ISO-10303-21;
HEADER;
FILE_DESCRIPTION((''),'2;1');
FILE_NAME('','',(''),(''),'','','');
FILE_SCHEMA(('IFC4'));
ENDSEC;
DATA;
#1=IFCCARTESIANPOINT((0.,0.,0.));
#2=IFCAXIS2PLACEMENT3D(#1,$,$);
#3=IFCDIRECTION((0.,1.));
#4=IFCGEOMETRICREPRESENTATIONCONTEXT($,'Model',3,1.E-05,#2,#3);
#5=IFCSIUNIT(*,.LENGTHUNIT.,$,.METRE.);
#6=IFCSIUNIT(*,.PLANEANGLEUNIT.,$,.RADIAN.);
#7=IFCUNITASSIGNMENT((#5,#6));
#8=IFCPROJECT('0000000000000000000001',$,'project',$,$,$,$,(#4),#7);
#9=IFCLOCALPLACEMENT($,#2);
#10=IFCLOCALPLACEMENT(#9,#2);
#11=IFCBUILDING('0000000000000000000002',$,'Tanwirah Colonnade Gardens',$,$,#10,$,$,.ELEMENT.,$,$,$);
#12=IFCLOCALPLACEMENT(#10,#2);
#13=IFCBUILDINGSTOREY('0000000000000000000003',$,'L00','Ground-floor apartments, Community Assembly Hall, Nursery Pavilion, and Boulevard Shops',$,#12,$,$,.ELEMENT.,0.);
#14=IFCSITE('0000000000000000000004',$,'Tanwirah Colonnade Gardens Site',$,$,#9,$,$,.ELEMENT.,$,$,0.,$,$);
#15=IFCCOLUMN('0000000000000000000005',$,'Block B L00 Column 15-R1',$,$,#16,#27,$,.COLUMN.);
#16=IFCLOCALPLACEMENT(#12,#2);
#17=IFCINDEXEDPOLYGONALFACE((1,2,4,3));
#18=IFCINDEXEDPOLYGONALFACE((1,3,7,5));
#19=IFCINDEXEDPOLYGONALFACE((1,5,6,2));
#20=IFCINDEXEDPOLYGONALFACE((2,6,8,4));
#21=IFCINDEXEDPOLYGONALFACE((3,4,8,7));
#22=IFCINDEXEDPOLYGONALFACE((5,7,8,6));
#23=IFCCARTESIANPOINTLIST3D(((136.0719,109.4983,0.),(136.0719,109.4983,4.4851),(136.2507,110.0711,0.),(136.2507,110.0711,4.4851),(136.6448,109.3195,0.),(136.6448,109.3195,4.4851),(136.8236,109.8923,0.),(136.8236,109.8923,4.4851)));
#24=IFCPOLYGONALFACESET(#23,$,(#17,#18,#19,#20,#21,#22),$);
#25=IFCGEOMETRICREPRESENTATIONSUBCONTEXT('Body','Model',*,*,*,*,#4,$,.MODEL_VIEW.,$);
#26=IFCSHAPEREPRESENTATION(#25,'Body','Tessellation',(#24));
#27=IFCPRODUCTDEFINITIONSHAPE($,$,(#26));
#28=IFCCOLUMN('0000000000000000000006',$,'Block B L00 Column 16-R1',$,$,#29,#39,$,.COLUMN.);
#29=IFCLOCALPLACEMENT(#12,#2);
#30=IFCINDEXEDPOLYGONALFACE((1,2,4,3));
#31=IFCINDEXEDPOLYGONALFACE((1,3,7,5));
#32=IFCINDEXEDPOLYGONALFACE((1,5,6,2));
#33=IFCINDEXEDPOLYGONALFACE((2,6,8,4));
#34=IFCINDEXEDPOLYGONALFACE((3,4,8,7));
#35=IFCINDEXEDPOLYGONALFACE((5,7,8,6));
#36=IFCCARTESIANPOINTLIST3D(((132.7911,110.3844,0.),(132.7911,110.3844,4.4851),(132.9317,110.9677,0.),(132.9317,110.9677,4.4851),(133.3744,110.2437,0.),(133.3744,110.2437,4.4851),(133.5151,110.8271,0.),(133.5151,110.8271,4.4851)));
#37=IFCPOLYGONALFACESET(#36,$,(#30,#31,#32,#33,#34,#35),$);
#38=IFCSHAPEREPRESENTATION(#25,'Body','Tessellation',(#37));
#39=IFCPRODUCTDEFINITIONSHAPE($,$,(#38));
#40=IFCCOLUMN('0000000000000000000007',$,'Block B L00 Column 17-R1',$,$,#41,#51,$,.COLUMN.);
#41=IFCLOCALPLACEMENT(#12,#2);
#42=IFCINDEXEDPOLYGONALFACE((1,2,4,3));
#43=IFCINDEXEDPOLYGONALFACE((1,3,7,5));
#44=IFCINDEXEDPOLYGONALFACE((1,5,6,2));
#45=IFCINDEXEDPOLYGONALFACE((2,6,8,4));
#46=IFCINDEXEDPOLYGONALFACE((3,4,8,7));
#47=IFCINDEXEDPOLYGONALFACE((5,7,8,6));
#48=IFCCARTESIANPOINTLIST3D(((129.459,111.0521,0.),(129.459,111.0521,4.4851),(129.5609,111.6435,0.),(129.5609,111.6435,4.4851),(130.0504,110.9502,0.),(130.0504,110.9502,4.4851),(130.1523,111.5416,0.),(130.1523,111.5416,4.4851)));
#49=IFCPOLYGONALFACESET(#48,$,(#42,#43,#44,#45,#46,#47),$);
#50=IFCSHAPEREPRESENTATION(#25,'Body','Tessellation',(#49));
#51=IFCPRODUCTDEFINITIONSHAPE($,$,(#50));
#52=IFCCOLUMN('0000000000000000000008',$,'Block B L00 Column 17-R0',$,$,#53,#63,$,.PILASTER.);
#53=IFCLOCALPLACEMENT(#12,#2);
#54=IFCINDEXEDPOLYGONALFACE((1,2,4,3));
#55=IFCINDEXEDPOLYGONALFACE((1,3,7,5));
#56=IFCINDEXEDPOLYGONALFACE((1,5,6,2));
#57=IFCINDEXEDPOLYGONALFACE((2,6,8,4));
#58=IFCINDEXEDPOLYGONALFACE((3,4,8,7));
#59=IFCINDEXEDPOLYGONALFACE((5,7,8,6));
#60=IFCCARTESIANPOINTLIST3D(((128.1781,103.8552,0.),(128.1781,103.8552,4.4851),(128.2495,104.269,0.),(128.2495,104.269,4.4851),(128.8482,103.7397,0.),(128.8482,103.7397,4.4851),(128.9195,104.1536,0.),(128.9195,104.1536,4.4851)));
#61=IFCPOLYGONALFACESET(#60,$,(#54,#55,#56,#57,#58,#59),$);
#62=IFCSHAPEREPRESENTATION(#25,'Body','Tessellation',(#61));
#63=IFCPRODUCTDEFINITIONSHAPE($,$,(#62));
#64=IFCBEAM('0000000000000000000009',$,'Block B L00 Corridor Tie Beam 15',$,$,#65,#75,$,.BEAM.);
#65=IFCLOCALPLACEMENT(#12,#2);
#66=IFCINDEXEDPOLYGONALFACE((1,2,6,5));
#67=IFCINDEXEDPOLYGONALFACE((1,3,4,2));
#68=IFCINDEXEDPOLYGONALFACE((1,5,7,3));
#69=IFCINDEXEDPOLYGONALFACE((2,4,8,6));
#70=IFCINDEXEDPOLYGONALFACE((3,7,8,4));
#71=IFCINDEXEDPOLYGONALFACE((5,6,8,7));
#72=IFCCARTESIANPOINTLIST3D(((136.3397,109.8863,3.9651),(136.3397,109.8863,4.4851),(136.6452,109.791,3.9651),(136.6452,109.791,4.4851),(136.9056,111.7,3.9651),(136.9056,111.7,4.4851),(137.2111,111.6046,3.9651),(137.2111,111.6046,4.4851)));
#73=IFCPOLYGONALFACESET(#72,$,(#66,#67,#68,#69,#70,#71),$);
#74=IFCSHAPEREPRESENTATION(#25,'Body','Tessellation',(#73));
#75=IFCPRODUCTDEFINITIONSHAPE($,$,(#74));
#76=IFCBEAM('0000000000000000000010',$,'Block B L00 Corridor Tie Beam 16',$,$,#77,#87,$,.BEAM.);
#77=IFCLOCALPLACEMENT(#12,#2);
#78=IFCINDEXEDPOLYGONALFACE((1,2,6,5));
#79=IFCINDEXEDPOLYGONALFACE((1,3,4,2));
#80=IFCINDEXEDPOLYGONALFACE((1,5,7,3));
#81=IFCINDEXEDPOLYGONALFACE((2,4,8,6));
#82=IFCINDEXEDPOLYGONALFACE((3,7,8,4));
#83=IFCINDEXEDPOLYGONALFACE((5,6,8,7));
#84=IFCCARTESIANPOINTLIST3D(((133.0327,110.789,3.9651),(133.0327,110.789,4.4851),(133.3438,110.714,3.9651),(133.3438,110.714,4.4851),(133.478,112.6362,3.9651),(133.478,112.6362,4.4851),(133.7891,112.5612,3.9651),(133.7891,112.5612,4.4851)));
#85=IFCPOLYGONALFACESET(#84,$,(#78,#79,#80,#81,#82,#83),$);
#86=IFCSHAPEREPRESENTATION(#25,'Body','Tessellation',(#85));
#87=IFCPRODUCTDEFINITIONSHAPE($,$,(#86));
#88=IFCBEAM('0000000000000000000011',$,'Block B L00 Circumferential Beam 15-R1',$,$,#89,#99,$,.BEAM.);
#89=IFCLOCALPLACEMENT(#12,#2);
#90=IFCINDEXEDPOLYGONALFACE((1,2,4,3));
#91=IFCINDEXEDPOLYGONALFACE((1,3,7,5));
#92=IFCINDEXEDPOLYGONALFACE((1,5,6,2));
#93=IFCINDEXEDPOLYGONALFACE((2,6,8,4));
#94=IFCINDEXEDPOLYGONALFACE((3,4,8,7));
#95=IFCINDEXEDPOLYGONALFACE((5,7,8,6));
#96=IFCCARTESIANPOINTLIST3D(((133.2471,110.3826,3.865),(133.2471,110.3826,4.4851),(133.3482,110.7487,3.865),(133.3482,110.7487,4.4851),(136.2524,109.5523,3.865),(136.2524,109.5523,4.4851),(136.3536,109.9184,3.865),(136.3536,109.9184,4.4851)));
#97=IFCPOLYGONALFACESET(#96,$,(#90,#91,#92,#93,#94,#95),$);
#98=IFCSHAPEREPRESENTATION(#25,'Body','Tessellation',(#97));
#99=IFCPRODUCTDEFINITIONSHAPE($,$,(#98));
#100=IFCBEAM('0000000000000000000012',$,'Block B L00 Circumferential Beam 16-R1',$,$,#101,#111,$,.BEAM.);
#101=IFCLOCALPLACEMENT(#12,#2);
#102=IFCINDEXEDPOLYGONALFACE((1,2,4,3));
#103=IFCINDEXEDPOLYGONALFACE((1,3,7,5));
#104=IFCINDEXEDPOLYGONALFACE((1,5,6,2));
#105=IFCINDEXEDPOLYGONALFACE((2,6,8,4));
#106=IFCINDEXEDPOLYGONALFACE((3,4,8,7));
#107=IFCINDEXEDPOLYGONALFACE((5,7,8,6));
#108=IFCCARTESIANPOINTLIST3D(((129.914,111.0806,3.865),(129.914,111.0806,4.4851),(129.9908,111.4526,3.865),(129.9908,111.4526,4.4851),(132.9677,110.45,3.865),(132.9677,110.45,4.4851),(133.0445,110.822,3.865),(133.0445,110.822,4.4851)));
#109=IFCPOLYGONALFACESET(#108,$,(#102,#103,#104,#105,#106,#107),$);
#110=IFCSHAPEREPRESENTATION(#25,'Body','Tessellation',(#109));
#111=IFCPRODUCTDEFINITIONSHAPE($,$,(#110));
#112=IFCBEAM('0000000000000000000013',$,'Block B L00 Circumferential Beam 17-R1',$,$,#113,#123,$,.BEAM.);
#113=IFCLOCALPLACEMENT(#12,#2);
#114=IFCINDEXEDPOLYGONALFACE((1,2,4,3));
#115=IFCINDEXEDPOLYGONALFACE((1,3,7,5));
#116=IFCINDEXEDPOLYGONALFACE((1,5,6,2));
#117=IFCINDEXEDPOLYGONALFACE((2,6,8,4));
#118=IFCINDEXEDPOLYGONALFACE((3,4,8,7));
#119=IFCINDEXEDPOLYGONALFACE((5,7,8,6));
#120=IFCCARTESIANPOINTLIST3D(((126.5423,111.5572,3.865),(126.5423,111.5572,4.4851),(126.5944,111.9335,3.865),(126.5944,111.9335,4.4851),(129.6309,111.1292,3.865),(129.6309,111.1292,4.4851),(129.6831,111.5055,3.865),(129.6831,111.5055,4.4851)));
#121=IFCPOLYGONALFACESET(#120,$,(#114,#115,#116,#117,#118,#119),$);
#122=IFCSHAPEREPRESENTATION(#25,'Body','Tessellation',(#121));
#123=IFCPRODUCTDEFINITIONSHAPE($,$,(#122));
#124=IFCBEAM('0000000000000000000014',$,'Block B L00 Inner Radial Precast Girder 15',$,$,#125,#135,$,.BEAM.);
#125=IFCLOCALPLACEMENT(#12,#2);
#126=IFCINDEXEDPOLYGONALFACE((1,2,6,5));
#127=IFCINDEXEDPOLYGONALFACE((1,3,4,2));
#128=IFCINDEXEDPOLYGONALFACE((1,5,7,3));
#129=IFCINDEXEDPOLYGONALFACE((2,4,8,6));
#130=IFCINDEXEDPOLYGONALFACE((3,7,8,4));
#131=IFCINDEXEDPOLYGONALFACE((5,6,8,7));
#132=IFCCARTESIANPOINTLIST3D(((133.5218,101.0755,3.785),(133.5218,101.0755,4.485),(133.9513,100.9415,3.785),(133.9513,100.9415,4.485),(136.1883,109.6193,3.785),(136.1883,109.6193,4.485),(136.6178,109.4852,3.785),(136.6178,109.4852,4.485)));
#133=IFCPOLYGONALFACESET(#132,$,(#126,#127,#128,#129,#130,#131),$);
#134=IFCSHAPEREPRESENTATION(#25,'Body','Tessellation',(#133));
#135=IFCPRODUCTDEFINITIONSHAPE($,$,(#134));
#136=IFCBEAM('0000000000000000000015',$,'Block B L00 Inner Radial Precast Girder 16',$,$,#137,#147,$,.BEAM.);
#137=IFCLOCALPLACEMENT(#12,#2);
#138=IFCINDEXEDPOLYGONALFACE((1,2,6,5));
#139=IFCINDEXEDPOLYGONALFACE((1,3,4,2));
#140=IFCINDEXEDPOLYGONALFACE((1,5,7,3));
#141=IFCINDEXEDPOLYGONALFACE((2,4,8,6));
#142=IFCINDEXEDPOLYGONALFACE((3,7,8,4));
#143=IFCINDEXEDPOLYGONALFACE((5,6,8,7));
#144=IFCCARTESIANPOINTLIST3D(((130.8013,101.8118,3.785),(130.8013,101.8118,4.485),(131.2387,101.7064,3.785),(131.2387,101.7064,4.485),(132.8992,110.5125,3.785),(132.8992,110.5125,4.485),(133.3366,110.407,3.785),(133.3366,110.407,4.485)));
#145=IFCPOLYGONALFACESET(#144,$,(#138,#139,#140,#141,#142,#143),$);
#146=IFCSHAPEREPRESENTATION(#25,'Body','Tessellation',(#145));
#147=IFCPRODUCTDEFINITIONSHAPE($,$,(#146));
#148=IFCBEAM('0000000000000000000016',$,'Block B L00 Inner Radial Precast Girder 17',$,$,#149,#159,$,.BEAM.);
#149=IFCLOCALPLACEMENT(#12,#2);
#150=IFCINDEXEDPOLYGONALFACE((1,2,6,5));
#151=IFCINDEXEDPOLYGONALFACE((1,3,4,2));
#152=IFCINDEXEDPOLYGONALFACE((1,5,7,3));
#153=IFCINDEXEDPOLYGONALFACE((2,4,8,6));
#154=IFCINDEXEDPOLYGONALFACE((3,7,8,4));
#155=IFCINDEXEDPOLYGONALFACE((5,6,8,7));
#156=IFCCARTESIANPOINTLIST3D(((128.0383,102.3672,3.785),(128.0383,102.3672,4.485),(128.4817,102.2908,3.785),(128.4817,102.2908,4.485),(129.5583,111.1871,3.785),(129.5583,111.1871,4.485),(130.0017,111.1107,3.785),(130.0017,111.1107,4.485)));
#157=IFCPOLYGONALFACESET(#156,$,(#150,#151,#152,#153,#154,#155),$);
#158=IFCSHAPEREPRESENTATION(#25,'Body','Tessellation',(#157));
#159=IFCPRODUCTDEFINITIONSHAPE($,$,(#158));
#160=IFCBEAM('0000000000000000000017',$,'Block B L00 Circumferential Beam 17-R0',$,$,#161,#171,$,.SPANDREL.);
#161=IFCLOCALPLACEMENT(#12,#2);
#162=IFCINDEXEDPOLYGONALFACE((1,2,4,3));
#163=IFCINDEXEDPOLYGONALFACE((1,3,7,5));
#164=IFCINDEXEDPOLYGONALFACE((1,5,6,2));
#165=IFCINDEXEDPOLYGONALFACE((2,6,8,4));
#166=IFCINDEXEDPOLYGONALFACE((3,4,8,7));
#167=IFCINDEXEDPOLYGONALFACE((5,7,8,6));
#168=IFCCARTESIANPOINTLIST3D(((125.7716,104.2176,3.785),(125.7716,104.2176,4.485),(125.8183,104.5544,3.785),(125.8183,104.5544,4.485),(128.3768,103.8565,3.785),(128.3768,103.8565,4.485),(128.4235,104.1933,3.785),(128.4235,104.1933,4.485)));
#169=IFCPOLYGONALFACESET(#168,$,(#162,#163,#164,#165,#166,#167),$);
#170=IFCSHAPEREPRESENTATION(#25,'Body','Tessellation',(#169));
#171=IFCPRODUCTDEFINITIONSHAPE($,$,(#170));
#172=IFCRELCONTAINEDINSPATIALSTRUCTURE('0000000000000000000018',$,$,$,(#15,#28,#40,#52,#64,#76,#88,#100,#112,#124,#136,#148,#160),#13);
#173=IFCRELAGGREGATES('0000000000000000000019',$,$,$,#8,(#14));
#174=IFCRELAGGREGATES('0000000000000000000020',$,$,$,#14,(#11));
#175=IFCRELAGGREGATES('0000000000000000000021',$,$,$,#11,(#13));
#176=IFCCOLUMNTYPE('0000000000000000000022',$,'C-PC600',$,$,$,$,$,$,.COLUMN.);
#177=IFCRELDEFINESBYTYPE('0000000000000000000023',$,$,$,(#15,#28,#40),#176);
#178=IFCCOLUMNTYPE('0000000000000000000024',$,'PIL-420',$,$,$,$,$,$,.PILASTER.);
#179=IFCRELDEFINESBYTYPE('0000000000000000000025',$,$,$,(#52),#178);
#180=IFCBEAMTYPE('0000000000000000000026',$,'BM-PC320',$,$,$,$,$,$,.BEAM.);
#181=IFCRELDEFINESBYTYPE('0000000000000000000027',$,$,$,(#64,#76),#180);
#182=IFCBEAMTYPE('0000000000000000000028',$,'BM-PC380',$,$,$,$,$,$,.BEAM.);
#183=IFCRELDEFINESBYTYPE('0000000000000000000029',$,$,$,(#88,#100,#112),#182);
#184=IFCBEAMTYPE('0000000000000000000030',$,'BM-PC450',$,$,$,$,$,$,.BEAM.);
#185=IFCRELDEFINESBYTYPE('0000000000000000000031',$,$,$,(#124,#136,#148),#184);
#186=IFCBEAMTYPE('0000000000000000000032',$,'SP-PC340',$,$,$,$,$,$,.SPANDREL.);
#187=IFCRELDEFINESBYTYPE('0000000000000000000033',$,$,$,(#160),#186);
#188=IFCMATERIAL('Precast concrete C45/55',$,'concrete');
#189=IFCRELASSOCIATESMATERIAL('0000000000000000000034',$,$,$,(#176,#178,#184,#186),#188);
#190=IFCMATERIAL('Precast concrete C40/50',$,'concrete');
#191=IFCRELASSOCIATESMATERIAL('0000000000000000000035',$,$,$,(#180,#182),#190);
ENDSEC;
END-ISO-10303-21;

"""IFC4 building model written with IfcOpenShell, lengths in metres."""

from ifc_helpers import new_model, si_unit, direction, frame, origin, origin_2d, place, context, subcontext, project, spatial, rectangle, extrude, material, material_profile, profile_set, type_object, element, save


model = new_model("IFC4")

# Units and contexts
model_context = context("Model", 3, precision=1e-05, world=origin(), true_north=direction((0.0, 1.0)))
body_context = subcontext(model_context, "Body", "Model", "MODEL_VIEW")
ifc_project = project(units=[si_unit("LENGTHUNIT", "METRE"), si_unit("PLANEANGLEUNIT", "RADIAN")], contexts=[model_context])

# Site, building, storey
site_placement = place(None, origin())
site = spatial("IfcSite", under=ifc_project, at=site_placement, Name="Tanwirah Colonnade Gardens Site", CompositionType="ELEMENT", RefElevation=0.0)
building_placement = place(site_placement, origin())
building = spatial("IfcBuilding", under=site, at=building_placement, Name="Tanwirah Colonnade Gardens", CompositionType="ELEMENT")
storey_placement = place(building_placement, origin())
storey = spatial("IfcBuildingStorey", under=building, at=storey_placement, Name="L00", Description="Ground-floor apartments, Community Assembly Hall, Nursery Pavilion, and Boulevard Shops", CompositionType="ELEMENT", Elevation=0.0)

# Columns
ifc_material_1 = material(Name="Precast concrete C45/55", Category="concrete")
ifc_material_profile_1 = material_profile(ifc_material_1, rectangle(XDim=0.6001, YDim=0.6001, at=origin_2d()), Name="PC-COL 600x600")
ifc_profile_set_1 = profile_set([ifc_material_profile_1], Name="Precast concrete C45/55")
column_type_1 = type_object("IfcColumnType", Name="C-PC600", PredefinedType="COLUMN", material=ifc_profile_set_1)
for number, where, z_axis, x_axis, name in (
    (1, (136.4478, 109.6953, 0.0), (0.0, 0.0, 1.0), (0.29793, 0.954588, 0.0), "Block B L00 Column 15-R1"),
    (2, (133.1531, 110.6057, 0.0), (0.0, 0.0, 1.0), (0.234388, 0.972143, 0.0), "Block B L00 Column 16-R1"),
    (3, (129.8057, 111.2969, 0.0), (0.0, 0.0, 1.0), (0.169827, 0.985474, 0.0), "Block B L00 Column 17-R1"),
):
    element("IfcColumn", number, at=place(storey_placement, frame(where, z_axis=z_axis, x_axis=x_axis)), inside=storey, type_object=column_type_1, Name=name, PredefinedType="COLUMN", context=body_context, shape_type="SweptSolid", body=[
        extrude(rectangle(XDim=0.6001, YDim=0.6001, at=origin_2d()), origin(), (0.0, 0.0, 1.0), 4.4851),
    ])
ifc_material_profile_2 = material_profile(ifc_material_1, rectangle(XDim=0.4199, YDim=0.6799, at=origin_2d()), Name="PC-PIL 420x680")
ifc_profile_set_2 = profile_set([ifc_material_profile_2], Name="Precast concrete C45/55")
column_type_2 = type_object("IfcColumnType", Name="PIL-420", PredefinedType="PILASTER", material=ifc_profile_set_2)
column_placement = place(storey_placement, frame((128.5488, 104.0044, 0.0), z_axis=(0.0, 0.0, 1.0), x_axis=(0.169827, 0.985474, 0.0)))
element("IfcColumn", 4, at=column_placement, inside=storey, type_object=column_type_2, Name="Block B L00 Column 17-R0", PredefinedType="PILASTER", context=body_context, shape_type="SweptSolid", body=[
    extrude(rectangle(XDim=0.4199, YDim=0.6799, at=origin_2d()), origin(), (0.0, 0.0, 1.0), 4.4851),
])

# Beams
ifc_material_2 = material(Name="Precast concrete C40/50", Category="concrete")
ifc_material_profile_3 = material_profile(ifc_material_2, rectangle(XDim=0.3201, YDim=0.52, at=origin_2d()), Name="PC-BM 320x520")
ifc_profile_set_3 = profile_set([ifc_material_profile_3], Name="Precast concrete C40/50")
beam_type_1 = type_object("IfcBeamType", Name="BM-PC320", PredefinedType="BEAM", material=ifc_profile_set_3)
beam_1_placement = place(storey_placement, frame((136.4924, 109.8386, 4.2251), z_axis=(0.297858, 0.95461, 0.0), x_axis=(-0.95461, 0.297858, 0.0)))
element("IfcBeam", 5, at=beam_1_placement, inside=storey, type_object=beam_type_1, Name="Block B L00 Corridor Tie Beam 15", PredefinedType="BEAM", context=body_context, shape_type="SweptSolid", body=[
    extrude(rectangle(XDim=0.3201, YDim=0.52, at=origin_2d()), origin(), (0.0, 0.0, 1.0), 1.8999),
])
beam_2_placement = place(storey_placement, frame((133.1882, 110.7515, 4.2251), z_axis=(0.234364, 0.972149, 0.0), x_axis=(-0.972149, 0.234364, 0.0)))
element("IfcBeam", 6, at=beam_2_placement, inside=storey, type_object=beam_type_1, Name="Block B L00 Corridor Tie Beam 16", PredefinedType="BEAM", context=body_context, shape_type="SweptSolid", body=[
    extrude(rectangle(XDim=0.3201, YDim=0.52, at=origin_2d()), origin(), (0.0, 0.0, 1.0), 1.9001),
])
ifc_material_profile_4 = material_profile(ifc_material_2, rectangle(XDim=0.3799, YDim=0.6201, at=origin_2d()), Name="PC-BM 380x620")
ifc_profile_set_4 = profile_set([ifc_material_profile_4], Name="Precast concrete C40/50")
beam_type_2 = type_object("IfcBeamType", Name="BM-PC380", PredefinedType="BEAM", material=ifc_profile_set_4)
beam_3_placement = place(storey_placement, frame((136.303, 109.7354, 4.175), z_axis=(-0.963889, 0.266303, 0.0), x_axis=(-0.266303, -0.963889, 0.0)))
element("IfcBeam", 7, at=beam_3_placement, inside=storey, type_object=beam_type_2, Name="Block B L00 Circumferential Beam 15-R1", PredefinedType="BEAM", context=body_context, shape_type="SweptSolid", body=[
    extrude(rectangle(XDim=0.3799, YDim=0.6201, at=origin_2d()), origin(), (0.0, 0.0, 1.0), 3.1179),
])
for number, where, z_axis, x_axis, name in (
    (8, (133.0061, 110.636, 4.175), (-0.979336, 0.202241, 0.0), (-0.202241, -0.979336, 0.0), "Block B L00 Circumferential Beam 16-R1"),
    (9, (129.657, 111.3174, 4.175), (-0.990536, 0.137255, 0.0), (-0.137255, -0.990536, 0.0), "Block B L00 Circumferential Beam 17-R1"),
):
    element("IfcBeam", number, at=place(storey_placement, frame(where, z_axis=z_axis, x_axis=x_axis)), inside=storey, type_object=beam_type_2, Name=name, PredefinedType="BEAM", context=body_context, shape_type="SweptSolid", body=[
        extrude(rectangle(XDim=0.3799, YDim=0.6201, at=origin_2d()), origin(), (0.0, 0.0, 1.0), 3.1182),
    ])
ifc_material_profile_5 = material_profile(ifc_material_1, rectangle(XDim=0.45, YDim=0.7, at=origin_2d()), Name="PC-BM 450x700")
ifc_profile_set_5 = profile_set([ifc_material_profile_5], Name="Precast concrete C45/55")
beam_type_3 = type_object("IfcBeamType", Name="BM-PC450", PredefinedType="BEAM", material=ifc_profile_set_5)
beam_4_placement = place(storey_placement, frame((136.4031, 109.5522, 4.135), z_axis=(-0.297929, -0.954588, 0.0), x_axis=(0.954588, -0.297929, 0.0)))
element("IfcBeam", 10, at=beam_4_placement, inside=storey, type_object=beam_type_3, Name="Block B L00 Inner Radial Precast Girder 15", PredefinedType="BEAM", context=body_context, shape_type="SweptSolid", body=[
    extrude(rectangle(XDim=0.45, YDim=0.7, at=origin_2d()), origin(), (0.0, 0.0, 1.0), 8.9502),
])
for number, where, z_axis, x_axis, name in (
    (11, (133.1179, 110.4597, 4.135), (-0.234401, -0.97214, 0.0), (0.97214, -0.234401, 0.0), "Block B L00 Inner Radial Precast Girder 16"),
    (12, (129.78, 111.1489, 4.135), (-0.169837, -0.985472, 0.0), (0.985472, -0.169837, 0.0), "Block B L00 Inner Radial Precast Girder 17"),
):
    element("IfcBeam", number, at=place(storey_placement, frame(where, z_axis=z_axis, x_axis=x_axis)), inside=storey, type_object=beam_type_3, Name=name, PredefinedType="BEAM", context=body_context, shape_type="SweptSolid", body=[
        extrude(rectangle(XDim=0.45, YDim=0.7, at=origin_2d()), origin(), (0.0, 0.0, 1.0), 8.95),
    ])
ifc_material_profile_6 = material_profile(ifc_material_1, rectangle(XDim=0.3401, YDim=0.7, at=origin_2d()), Name="PC-SP 340x700")
ifc_profile_set_6 = profile_set([ifc_material_profile_6], Name="Precast concrete C45/55")
beam_type_4 = type_object("IfcBeamType", Name="SP-PC340", PredefinedType="SPANDREL", material=ifc_profile_set_6)
beam_5_placement = place(storey_placement, frame((128.4001, 104.0249, 4.135), z_axis=(-0.990531, 0.137288, 0.0), x_axis=(-0.137288, -0.990531, 0.0)))
element("IfcBeam", 13, at=beam_5_placement, inside=storey, type_object=beam_type_4, Name="Block B L00 Circumferential Beam 17-R0", PredefinedType="SPANDREL", context=body_context, shape_type="SweptSolid", body=[
    extrude(rectangle(XDim=0.3401, YDim=0.7, at=origin_2d()), origin(), (0.0, 0.0, 1.0), 2.6301),
])

save(model, "model.ifc")
